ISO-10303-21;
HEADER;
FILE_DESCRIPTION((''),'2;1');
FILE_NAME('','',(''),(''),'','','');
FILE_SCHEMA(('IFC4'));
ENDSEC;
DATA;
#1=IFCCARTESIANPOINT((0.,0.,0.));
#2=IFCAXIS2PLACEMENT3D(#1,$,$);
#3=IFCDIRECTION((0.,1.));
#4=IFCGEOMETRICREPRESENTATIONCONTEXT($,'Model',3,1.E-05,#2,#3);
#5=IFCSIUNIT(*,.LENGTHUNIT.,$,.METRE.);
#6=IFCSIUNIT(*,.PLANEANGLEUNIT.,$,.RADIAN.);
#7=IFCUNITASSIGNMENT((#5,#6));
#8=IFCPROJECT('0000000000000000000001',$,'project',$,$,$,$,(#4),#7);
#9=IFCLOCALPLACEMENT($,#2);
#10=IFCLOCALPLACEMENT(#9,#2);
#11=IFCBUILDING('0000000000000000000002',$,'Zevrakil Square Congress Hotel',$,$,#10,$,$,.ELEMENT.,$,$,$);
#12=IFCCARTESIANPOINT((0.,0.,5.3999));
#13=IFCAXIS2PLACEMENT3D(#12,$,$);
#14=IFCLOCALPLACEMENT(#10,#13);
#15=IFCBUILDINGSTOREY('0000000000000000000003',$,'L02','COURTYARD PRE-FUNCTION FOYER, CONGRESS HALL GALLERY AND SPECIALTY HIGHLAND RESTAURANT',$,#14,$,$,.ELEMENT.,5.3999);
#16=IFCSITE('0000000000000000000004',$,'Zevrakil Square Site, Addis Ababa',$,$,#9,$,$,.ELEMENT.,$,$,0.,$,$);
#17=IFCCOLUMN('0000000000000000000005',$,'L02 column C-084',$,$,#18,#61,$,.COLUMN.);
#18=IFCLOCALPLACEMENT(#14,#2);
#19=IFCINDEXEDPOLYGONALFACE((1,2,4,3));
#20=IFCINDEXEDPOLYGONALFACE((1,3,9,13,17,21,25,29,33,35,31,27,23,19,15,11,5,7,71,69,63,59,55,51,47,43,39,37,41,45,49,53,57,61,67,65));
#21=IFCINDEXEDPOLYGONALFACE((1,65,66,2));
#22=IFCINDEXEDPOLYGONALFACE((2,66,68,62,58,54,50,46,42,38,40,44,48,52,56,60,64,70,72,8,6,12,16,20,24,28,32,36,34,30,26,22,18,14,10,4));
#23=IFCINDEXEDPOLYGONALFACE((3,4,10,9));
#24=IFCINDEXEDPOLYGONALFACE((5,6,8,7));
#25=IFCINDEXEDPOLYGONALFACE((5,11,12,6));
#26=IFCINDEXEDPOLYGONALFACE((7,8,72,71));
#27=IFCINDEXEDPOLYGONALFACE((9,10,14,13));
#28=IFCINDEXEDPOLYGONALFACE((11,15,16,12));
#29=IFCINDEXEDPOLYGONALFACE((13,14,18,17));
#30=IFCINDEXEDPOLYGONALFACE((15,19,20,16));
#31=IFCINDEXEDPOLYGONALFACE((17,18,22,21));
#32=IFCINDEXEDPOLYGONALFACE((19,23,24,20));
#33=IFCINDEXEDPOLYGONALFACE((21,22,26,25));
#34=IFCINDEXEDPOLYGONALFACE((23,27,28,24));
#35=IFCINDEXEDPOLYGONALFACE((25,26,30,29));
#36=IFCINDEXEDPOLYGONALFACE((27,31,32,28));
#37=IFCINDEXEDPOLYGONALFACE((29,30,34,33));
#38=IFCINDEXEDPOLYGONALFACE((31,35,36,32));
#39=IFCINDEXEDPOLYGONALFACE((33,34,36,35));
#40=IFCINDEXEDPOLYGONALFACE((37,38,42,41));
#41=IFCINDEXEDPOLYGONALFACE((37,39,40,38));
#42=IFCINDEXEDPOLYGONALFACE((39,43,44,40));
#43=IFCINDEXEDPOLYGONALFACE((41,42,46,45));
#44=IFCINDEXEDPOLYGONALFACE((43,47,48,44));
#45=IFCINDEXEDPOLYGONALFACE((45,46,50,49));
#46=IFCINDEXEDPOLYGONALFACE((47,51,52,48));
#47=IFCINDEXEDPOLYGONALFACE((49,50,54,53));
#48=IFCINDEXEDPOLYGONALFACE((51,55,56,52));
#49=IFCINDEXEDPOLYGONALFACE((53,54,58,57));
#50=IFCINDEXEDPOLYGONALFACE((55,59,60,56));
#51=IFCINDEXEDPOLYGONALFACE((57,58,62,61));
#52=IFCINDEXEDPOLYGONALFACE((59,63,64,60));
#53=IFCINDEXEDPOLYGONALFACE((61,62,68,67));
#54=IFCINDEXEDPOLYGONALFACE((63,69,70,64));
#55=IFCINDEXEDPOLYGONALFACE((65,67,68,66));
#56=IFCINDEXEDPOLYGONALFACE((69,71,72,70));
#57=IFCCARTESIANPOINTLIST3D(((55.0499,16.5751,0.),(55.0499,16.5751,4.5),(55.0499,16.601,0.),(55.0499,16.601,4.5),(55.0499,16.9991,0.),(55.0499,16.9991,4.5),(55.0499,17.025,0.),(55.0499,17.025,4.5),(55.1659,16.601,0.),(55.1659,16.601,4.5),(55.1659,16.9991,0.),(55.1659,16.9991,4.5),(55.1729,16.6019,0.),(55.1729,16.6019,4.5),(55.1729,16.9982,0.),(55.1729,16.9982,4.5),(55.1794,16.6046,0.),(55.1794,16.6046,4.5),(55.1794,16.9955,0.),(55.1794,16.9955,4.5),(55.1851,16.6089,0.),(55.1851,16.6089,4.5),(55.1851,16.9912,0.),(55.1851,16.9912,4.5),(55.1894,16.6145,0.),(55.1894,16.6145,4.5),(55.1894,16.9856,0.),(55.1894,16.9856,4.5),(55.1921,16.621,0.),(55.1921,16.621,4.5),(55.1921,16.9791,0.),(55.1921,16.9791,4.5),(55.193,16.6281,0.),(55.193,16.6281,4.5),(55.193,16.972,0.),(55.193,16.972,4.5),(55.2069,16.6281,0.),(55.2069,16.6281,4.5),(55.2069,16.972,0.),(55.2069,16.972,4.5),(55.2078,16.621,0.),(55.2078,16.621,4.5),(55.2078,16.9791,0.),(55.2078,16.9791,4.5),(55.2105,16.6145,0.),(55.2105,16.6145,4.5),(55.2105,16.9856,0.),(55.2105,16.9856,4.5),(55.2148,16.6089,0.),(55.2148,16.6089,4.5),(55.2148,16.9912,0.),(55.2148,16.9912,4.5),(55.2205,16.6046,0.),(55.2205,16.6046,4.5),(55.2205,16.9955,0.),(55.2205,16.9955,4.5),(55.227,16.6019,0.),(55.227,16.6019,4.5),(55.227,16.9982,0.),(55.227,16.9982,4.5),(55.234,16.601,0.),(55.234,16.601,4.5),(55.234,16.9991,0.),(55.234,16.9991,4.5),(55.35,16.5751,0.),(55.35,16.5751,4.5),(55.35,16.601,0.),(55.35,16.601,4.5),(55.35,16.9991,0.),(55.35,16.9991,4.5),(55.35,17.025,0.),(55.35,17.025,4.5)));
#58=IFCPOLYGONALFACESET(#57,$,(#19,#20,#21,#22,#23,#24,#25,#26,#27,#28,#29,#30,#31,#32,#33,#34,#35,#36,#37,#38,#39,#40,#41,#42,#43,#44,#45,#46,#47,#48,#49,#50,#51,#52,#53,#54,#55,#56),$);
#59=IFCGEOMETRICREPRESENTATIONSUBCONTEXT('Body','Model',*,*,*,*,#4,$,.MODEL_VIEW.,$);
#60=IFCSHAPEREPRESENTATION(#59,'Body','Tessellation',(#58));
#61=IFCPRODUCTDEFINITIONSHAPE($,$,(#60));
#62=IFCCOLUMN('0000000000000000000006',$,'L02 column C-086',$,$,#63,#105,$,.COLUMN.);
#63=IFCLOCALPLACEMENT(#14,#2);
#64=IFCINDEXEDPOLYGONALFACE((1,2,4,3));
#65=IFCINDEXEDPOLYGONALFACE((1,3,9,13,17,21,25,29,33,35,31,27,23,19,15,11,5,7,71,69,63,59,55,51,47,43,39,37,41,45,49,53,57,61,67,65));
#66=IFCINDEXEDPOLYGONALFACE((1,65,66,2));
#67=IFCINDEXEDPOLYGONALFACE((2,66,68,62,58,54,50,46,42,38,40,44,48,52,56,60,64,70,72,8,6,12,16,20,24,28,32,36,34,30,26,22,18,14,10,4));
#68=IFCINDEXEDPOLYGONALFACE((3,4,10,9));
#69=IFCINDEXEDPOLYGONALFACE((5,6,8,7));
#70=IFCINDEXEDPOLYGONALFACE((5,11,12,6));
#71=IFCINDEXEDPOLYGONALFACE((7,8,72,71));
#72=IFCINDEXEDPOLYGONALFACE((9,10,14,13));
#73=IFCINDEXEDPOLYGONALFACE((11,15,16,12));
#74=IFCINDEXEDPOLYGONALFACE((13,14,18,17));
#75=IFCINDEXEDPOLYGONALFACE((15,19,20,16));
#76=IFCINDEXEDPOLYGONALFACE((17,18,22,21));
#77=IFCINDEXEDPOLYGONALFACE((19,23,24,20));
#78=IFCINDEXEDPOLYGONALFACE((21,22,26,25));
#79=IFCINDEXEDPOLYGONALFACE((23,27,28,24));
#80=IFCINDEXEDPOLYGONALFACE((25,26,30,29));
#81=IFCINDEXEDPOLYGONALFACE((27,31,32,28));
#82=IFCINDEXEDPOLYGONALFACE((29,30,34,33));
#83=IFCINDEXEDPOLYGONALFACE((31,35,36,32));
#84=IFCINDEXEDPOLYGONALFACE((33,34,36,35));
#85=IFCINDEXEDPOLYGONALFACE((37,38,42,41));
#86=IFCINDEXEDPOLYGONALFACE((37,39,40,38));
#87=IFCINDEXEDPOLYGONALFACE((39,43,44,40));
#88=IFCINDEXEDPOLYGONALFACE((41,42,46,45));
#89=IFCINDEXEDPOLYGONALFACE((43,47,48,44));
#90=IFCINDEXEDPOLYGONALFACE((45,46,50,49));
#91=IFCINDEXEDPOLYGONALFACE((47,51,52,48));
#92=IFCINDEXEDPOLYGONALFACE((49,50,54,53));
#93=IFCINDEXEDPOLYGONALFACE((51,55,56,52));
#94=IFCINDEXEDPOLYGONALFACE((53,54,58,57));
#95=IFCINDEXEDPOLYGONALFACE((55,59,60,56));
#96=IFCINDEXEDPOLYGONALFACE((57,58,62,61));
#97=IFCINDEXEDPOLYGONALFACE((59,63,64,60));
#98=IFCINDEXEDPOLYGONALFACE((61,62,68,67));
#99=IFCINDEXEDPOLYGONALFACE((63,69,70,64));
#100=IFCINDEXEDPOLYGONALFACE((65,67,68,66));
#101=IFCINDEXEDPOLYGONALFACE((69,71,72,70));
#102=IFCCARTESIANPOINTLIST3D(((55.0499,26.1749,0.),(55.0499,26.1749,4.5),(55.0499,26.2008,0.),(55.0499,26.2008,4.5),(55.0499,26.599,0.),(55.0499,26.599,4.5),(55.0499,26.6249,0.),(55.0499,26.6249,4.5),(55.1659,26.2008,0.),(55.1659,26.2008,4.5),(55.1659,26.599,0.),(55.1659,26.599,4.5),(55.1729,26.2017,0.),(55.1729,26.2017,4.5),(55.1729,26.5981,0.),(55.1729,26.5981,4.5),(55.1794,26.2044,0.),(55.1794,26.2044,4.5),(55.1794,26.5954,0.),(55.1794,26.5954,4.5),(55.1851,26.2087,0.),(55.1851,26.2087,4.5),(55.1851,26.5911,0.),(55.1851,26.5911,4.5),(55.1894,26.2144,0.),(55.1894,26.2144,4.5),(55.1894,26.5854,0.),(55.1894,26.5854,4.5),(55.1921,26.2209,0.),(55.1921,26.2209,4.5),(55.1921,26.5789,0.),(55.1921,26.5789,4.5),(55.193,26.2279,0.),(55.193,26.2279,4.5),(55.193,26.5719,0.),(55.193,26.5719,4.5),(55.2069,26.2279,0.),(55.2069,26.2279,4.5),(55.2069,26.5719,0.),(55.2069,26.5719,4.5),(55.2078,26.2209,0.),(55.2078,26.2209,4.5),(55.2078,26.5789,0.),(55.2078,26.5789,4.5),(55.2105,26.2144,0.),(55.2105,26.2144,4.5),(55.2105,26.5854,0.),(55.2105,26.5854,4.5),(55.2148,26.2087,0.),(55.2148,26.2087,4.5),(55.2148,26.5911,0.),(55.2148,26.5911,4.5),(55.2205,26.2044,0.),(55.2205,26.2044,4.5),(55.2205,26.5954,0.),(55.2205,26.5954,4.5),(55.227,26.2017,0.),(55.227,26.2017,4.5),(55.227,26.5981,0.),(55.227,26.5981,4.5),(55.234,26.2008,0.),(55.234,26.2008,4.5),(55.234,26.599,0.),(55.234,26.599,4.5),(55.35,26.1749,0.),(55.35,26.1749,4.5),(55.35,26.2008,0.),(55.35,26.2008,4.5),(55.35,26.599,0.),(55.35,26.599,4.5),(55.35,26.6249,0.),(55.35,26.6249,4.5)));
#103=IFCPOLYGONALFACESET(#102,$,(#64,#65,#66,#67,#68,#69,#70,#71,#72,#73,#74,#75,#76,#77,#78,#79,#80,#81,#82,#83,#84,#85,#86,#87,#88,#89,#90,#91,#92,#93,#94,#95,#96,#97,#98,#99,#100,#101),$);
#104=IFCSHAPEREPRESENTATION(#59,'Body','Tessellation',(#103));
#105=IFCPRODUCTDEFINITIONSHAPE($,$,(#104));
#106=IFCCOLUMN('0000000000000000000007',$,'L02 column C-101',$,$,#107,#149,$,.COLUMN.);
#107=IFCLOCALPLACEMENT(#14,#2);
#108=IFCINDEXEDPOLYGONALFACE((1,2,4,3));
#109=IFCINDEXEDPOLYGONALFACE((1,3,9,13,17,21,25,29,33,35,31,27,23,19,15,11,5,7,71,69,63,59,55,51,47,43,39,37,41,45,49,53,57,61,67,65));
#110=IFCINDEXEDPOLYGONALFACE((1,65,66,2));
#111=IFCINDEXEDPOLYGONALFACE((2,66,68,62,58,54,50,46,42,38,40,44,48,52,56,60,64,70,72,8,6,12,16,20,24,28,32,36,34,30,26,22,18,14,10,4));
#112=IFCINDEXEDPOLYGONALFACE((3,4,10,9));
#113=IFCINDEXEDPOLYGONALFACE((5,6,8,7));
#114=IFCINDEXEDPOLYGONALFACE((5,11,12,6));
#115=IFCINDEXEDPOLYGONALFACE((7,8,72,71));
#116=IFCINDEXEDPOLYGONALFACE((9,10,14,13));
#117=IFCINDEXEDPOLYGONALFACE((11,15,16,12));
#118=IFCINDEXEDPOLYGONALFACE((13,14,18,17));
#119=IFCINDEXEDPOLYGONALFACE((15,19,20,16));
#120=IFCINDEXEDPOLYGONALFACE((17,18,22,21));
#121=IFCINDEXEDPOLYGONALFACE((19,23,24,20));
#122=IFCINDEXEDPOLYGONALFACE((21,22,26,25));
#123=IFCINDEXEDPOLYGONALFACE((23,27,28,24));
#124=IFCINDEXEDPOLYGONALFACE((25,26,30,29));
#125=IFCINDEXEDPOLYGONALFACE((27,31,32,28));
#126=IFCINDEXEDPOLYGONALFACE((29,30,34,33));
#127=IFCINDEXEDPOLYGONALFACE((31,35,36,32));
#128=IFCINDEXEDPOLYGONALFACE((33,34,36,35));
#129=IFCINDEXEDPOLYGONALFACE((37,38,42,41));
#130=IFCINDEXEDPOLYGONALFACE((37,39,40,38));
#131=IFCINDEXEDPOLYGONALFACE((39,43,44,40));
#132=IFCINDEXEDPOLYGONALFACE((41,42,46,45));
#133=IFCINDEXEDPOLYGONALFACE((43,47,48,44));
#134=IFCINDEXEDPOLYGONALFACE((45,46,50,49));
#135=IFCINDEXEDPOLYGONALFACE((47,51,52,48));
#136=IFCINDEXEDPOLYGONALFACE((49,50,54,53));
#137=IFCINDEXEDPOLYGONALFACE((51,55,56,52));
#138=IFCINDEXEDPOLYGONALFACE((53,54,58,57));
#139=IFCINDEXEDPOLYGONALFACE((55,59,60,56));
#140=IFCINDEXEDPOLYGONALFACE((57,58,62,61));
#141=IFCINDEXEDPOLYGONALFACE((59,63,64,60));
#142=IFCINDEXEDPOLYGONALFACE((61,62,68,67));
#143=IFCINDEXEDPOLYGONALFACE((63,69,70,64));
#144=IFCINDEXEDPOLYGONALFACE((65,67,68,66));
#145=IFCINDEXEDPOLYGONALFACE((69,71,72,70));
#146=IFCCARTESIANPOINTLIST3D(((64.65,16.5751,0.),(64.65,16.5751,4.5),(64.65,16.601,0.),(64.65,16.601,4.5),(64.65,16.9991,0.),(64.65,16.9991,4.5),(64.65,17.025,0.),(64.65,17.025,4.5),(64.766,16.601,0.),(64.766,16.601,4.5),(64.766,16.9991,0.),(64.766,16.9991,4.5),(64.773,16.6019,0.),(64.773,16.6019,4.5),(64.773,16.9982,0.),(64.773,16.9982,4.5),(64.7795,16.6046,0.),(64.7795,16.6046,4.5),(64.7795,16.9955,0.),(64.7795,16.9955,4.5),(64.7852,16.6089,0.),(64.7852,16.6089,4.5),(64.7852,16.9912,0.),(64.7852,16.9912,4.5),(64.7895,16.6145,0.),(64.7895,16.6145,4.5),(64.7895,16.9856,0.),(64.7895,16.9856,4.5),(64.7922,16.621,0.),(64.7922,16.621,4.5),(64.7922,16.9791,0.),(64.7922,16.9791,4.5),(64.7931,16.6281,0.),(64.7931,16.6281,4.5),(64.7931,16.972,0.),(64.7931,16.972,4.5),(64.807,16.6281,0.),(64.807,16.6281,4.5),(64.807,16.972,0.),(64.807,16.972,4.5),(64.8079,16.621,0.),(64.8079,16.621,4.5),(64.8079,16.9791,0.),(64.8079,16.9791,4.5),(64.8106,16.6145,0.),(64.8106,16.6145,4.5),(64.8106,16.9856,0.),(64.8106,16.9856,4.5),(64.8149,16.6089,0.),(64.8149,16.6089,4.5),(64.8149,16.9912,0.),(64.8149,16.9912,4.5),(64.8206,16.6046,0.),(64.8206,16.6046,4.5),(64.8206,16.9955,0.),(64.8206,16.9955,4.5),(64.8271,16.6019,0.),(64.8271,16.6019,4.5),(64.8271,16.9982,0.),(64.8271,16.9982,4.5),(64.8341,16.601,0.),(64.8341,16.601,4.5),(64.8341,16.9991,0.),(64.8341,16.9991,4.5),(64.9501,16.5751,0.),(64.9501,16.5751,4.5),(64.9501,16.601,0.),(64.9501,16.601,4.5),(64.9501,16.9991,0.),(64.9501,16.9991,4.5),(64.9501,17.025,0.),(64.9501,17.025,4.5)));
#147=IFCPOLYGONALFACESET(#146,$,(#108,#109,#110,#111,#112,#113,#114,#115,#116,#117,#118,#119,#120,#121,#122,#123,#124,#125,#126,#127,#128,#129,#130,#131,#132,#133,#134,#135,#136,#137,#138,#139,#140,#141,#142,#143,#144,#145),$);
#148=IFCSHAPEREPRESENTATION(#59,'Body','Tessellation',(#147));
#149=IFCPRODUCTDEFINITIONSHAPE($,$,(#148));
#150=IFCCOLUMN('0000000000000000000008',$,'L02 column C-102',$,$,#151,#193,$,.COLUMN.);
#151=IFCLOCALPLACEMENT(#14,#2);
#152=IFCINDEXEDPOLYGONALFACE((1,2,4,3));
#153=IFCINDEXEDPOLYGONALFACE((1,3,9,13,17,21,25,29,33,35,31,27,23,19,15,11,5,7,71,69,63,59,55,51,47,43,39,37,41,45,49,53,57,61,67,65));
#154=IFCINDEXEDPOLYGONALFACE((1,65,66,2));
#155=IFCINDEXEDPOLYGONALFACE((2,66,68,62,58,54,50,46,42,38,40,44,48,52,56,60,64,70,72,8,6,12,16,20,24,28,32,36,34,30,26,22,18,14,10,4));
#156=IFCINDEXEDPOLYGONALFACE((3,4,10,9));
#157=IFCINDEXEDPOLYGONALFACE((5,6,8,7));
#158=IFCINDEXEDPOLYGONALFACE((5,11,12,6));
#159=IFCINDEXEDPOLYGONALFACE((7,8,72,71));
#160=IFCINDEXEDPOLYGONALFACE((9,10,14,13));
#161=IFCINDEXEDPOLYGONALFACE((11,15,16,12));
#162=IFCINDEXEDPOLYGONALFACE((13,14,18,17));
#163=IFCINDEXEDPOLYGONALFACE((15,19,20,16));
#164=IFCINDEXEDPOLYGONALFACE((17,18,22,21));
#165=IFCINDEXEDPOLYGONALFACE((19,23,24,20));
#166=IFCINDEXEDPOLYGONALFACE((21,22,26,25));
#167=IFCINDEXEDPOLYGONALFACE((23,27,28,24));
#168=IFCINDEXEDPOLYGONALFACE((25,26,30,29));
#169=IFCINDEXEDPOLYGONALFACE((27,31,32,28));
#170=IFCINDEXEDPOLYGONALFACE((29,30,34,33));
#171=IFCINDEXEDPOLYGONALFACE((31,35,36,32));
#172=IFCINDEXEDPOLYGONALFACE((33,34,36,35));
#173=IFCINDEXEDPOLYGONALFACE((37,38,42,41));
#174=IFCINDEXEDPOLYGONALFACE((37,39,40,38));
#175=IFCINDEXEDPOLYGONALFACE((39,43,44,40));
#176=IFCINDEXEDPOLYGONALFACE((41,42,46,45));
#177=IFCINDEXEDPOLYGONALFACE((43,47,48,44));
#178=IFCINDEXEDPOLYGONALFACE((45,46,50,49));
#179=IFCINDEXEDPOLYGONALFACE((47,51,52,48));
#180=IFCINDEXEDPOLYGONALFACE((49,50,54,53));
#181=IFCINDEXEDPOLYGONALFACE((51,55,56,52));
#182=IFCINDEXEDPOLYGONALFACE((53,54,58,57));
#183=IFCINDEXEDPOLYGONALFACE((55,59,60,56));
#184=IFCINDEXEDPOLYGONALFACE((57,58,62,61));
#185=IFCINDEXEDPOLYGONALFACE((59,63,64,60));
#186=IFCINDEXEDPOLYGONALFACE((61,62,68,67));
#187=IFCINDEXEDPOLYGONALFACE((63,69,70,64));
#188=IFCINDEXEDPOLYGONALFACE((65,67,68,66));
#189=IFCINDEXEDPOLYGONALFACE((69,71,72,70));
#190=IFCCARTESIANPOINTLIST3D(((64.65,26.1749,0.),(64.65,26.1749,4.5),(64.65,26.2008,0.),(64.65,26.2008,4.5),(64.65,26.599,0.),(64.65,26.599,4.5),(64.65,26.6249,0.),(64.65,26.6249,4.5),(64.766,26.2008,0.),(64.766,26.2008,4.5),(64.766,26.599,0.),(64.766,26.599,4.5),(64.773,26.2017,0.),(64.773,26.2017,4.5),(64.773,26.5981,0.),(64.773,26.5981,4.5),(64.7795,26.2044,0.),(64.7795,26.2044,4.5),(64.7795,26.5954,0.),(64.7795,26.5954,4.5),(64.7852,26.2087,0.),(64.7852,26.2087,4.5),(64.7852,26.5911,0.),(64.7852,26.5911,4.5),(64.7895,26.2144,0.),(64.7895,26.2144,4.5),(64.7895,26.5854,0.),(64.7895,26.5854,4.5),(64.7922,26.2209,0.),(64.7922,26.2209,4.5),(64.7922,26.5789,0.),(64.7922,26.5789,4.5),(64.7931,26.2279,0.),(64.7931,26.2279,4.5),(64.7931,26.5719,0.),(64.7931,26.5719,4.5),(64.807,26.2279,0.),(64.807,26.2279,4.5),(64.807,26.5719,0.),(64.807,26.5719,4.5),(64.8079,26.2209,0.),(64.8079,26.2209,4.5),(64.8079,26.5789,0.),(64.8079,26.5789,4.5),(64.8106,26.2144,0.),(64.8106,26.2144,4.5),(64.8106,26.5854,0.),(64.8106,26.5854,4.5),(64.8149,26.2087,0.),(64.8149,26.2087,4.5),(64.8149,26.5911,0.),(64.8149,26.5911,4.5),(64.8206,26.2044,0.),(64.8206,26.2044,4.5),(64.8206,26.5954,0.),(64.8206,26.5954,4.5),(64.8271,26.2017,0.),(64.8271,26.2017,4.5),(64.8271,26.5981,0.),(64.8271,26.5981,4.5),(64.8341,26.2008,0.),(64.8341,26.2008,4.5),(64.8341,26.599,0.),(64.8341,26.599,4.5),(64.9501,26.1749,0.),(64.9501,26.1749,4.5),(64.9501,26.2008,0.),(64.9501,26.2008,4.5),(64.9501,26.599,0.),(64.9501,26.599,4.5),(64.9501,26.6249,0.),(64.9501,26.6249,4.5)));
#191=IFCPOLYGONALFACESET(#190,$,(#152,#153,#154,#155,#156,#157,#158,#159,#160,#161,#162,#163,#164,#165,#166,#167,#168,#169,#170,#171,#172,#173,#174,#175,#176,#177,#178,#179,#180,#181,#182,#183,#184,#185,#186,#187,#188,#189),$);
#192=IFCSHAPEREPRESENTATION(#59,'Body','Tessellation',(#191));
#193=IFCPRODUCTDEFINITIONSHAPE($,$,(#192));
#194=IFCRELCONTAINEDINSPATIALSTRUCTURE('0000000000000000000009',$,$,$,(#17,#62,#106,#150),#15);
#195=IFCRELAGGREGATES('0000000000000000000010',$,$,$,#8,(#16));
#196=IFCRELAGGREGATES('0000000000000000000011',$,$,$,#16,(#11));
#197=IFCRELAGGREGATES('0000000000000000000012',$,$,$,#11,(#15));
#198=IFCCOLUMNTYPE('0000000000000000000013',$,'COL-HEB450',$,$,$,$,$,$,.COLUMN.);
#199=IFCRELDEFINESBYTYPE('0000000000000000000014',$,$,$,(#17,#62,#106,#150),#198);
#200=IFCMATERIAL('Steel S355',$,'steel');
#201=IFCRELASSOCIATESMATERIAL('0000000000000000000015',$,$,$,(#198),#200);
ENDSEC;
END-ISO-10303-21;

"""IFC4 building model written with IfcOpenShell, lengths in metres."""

from ifc_helpers import new_model, si_unit, direction, frame, origin, origin_2d, place, context, subcontext, project, spatial, i_section, extrude, material, material_profile, profile_set, type_object, element, save


model = new_model("IFC4")

# Units and contexts
model_context = context("Model", 3, precision=1e-05, world=origin(), true_north=direction((0.0, 1.0)))
body_context = subcontext(model_context, "Body", "Model", "MODEL_VIEW")
ifc_project = project(units=[si_unit("LENGTHUNIT", "METRE"), si_unit("PLANEANGLEUNIT", "RADIAN")], contexts=[model_context])

# Site, building, storey
site_placement = place(None, origin())
site = spatial("IfcSite", under=ifc_project, at=site_placement, Name="Zevrakil Square Site, Addis Ababa", CompositionType="ELEMENT", RefElevation=0.0)
building_placement = place(site_placement, origin())
building = spatial("IfcBuilding", under=site, at=building_placement, Name="Zevrakil Square Congress Hotel", CompositionType="ELEMENT")
storey_placement = place(building_placement, frame((0.0, 0.0, 5.3999)))
storey = spatial("IfcBuildingStorey", under=building, at=storey_placement, Name="L02", Description="COURTYARD PRE-FUNCTION FOYER, CONGRESS HALL GALLERY AND SPECIALTY HIGHLAND RESTAURANT", CompositionType="ELEMENT", Elevation=5.3999)

# Columns
ifc_material_1 = material(Name="Steel S355", Category="steel")
ifc_material_profile_1 = material_profile(ifc_material_1, i_section(OverallWidth=0.3, OverallDepth=0.45, WebThickness=0.0139, FlangeThickness=0.0259, FilletRadius=0.0271, at=origin_2d()), Name="HEB 450")
ifc_profile_set_1 = profile_set([ifc_material_profile_1], Name="Steel S355")
column_type_1 = type_object("IfcColumnType", Name="COL-HEB450", PredefinedType="COLUMN", material=ifc_profile_set_1)
for number, where, z_axis, x_axis, name in (
    (1, (55.2, 16.8, 0.0), (0.0, 0.0, 1.0), (1.0, 0.0, 0.0), "L02 column C-084"),
    (2, (55.2, 26.3999, 0.0), (0.0, 0.0, 1.0), (1.0, 0.0, 0.0), "L02 column C-086"),
    (3, (64.8, 16.8, 0.0), (0.0, 0.0, 1.0), (1.0, 0.0, 0.0), "L02 column C-101"),
    (4, (64.8, 26.3999, 0.0), (0.0, 0.0, 1.0), (1.0, 0.0, 0.0), "L02 column C-102"),
):
    element("IfcColumn", number, at=place(storey_placement, frame(where, z_axis=z_axis, x_axis=x_axis)), inside=storey, type_object=column_type_1, Name=name, PredefinedType="COLUMN", context=body_context, shape_type="SweptSolid", body=[
        extrude(i_section(OverallWidth=0.3, OverallDepth=0.45, WebThickness=0.0139, FlangeThickness=0.0259, FilletRadius=0.0271, at=origin_2d()), origin(), (0.0, 0.0, 1.0), 4.5),
    ])

save(model, "model.ifc")
